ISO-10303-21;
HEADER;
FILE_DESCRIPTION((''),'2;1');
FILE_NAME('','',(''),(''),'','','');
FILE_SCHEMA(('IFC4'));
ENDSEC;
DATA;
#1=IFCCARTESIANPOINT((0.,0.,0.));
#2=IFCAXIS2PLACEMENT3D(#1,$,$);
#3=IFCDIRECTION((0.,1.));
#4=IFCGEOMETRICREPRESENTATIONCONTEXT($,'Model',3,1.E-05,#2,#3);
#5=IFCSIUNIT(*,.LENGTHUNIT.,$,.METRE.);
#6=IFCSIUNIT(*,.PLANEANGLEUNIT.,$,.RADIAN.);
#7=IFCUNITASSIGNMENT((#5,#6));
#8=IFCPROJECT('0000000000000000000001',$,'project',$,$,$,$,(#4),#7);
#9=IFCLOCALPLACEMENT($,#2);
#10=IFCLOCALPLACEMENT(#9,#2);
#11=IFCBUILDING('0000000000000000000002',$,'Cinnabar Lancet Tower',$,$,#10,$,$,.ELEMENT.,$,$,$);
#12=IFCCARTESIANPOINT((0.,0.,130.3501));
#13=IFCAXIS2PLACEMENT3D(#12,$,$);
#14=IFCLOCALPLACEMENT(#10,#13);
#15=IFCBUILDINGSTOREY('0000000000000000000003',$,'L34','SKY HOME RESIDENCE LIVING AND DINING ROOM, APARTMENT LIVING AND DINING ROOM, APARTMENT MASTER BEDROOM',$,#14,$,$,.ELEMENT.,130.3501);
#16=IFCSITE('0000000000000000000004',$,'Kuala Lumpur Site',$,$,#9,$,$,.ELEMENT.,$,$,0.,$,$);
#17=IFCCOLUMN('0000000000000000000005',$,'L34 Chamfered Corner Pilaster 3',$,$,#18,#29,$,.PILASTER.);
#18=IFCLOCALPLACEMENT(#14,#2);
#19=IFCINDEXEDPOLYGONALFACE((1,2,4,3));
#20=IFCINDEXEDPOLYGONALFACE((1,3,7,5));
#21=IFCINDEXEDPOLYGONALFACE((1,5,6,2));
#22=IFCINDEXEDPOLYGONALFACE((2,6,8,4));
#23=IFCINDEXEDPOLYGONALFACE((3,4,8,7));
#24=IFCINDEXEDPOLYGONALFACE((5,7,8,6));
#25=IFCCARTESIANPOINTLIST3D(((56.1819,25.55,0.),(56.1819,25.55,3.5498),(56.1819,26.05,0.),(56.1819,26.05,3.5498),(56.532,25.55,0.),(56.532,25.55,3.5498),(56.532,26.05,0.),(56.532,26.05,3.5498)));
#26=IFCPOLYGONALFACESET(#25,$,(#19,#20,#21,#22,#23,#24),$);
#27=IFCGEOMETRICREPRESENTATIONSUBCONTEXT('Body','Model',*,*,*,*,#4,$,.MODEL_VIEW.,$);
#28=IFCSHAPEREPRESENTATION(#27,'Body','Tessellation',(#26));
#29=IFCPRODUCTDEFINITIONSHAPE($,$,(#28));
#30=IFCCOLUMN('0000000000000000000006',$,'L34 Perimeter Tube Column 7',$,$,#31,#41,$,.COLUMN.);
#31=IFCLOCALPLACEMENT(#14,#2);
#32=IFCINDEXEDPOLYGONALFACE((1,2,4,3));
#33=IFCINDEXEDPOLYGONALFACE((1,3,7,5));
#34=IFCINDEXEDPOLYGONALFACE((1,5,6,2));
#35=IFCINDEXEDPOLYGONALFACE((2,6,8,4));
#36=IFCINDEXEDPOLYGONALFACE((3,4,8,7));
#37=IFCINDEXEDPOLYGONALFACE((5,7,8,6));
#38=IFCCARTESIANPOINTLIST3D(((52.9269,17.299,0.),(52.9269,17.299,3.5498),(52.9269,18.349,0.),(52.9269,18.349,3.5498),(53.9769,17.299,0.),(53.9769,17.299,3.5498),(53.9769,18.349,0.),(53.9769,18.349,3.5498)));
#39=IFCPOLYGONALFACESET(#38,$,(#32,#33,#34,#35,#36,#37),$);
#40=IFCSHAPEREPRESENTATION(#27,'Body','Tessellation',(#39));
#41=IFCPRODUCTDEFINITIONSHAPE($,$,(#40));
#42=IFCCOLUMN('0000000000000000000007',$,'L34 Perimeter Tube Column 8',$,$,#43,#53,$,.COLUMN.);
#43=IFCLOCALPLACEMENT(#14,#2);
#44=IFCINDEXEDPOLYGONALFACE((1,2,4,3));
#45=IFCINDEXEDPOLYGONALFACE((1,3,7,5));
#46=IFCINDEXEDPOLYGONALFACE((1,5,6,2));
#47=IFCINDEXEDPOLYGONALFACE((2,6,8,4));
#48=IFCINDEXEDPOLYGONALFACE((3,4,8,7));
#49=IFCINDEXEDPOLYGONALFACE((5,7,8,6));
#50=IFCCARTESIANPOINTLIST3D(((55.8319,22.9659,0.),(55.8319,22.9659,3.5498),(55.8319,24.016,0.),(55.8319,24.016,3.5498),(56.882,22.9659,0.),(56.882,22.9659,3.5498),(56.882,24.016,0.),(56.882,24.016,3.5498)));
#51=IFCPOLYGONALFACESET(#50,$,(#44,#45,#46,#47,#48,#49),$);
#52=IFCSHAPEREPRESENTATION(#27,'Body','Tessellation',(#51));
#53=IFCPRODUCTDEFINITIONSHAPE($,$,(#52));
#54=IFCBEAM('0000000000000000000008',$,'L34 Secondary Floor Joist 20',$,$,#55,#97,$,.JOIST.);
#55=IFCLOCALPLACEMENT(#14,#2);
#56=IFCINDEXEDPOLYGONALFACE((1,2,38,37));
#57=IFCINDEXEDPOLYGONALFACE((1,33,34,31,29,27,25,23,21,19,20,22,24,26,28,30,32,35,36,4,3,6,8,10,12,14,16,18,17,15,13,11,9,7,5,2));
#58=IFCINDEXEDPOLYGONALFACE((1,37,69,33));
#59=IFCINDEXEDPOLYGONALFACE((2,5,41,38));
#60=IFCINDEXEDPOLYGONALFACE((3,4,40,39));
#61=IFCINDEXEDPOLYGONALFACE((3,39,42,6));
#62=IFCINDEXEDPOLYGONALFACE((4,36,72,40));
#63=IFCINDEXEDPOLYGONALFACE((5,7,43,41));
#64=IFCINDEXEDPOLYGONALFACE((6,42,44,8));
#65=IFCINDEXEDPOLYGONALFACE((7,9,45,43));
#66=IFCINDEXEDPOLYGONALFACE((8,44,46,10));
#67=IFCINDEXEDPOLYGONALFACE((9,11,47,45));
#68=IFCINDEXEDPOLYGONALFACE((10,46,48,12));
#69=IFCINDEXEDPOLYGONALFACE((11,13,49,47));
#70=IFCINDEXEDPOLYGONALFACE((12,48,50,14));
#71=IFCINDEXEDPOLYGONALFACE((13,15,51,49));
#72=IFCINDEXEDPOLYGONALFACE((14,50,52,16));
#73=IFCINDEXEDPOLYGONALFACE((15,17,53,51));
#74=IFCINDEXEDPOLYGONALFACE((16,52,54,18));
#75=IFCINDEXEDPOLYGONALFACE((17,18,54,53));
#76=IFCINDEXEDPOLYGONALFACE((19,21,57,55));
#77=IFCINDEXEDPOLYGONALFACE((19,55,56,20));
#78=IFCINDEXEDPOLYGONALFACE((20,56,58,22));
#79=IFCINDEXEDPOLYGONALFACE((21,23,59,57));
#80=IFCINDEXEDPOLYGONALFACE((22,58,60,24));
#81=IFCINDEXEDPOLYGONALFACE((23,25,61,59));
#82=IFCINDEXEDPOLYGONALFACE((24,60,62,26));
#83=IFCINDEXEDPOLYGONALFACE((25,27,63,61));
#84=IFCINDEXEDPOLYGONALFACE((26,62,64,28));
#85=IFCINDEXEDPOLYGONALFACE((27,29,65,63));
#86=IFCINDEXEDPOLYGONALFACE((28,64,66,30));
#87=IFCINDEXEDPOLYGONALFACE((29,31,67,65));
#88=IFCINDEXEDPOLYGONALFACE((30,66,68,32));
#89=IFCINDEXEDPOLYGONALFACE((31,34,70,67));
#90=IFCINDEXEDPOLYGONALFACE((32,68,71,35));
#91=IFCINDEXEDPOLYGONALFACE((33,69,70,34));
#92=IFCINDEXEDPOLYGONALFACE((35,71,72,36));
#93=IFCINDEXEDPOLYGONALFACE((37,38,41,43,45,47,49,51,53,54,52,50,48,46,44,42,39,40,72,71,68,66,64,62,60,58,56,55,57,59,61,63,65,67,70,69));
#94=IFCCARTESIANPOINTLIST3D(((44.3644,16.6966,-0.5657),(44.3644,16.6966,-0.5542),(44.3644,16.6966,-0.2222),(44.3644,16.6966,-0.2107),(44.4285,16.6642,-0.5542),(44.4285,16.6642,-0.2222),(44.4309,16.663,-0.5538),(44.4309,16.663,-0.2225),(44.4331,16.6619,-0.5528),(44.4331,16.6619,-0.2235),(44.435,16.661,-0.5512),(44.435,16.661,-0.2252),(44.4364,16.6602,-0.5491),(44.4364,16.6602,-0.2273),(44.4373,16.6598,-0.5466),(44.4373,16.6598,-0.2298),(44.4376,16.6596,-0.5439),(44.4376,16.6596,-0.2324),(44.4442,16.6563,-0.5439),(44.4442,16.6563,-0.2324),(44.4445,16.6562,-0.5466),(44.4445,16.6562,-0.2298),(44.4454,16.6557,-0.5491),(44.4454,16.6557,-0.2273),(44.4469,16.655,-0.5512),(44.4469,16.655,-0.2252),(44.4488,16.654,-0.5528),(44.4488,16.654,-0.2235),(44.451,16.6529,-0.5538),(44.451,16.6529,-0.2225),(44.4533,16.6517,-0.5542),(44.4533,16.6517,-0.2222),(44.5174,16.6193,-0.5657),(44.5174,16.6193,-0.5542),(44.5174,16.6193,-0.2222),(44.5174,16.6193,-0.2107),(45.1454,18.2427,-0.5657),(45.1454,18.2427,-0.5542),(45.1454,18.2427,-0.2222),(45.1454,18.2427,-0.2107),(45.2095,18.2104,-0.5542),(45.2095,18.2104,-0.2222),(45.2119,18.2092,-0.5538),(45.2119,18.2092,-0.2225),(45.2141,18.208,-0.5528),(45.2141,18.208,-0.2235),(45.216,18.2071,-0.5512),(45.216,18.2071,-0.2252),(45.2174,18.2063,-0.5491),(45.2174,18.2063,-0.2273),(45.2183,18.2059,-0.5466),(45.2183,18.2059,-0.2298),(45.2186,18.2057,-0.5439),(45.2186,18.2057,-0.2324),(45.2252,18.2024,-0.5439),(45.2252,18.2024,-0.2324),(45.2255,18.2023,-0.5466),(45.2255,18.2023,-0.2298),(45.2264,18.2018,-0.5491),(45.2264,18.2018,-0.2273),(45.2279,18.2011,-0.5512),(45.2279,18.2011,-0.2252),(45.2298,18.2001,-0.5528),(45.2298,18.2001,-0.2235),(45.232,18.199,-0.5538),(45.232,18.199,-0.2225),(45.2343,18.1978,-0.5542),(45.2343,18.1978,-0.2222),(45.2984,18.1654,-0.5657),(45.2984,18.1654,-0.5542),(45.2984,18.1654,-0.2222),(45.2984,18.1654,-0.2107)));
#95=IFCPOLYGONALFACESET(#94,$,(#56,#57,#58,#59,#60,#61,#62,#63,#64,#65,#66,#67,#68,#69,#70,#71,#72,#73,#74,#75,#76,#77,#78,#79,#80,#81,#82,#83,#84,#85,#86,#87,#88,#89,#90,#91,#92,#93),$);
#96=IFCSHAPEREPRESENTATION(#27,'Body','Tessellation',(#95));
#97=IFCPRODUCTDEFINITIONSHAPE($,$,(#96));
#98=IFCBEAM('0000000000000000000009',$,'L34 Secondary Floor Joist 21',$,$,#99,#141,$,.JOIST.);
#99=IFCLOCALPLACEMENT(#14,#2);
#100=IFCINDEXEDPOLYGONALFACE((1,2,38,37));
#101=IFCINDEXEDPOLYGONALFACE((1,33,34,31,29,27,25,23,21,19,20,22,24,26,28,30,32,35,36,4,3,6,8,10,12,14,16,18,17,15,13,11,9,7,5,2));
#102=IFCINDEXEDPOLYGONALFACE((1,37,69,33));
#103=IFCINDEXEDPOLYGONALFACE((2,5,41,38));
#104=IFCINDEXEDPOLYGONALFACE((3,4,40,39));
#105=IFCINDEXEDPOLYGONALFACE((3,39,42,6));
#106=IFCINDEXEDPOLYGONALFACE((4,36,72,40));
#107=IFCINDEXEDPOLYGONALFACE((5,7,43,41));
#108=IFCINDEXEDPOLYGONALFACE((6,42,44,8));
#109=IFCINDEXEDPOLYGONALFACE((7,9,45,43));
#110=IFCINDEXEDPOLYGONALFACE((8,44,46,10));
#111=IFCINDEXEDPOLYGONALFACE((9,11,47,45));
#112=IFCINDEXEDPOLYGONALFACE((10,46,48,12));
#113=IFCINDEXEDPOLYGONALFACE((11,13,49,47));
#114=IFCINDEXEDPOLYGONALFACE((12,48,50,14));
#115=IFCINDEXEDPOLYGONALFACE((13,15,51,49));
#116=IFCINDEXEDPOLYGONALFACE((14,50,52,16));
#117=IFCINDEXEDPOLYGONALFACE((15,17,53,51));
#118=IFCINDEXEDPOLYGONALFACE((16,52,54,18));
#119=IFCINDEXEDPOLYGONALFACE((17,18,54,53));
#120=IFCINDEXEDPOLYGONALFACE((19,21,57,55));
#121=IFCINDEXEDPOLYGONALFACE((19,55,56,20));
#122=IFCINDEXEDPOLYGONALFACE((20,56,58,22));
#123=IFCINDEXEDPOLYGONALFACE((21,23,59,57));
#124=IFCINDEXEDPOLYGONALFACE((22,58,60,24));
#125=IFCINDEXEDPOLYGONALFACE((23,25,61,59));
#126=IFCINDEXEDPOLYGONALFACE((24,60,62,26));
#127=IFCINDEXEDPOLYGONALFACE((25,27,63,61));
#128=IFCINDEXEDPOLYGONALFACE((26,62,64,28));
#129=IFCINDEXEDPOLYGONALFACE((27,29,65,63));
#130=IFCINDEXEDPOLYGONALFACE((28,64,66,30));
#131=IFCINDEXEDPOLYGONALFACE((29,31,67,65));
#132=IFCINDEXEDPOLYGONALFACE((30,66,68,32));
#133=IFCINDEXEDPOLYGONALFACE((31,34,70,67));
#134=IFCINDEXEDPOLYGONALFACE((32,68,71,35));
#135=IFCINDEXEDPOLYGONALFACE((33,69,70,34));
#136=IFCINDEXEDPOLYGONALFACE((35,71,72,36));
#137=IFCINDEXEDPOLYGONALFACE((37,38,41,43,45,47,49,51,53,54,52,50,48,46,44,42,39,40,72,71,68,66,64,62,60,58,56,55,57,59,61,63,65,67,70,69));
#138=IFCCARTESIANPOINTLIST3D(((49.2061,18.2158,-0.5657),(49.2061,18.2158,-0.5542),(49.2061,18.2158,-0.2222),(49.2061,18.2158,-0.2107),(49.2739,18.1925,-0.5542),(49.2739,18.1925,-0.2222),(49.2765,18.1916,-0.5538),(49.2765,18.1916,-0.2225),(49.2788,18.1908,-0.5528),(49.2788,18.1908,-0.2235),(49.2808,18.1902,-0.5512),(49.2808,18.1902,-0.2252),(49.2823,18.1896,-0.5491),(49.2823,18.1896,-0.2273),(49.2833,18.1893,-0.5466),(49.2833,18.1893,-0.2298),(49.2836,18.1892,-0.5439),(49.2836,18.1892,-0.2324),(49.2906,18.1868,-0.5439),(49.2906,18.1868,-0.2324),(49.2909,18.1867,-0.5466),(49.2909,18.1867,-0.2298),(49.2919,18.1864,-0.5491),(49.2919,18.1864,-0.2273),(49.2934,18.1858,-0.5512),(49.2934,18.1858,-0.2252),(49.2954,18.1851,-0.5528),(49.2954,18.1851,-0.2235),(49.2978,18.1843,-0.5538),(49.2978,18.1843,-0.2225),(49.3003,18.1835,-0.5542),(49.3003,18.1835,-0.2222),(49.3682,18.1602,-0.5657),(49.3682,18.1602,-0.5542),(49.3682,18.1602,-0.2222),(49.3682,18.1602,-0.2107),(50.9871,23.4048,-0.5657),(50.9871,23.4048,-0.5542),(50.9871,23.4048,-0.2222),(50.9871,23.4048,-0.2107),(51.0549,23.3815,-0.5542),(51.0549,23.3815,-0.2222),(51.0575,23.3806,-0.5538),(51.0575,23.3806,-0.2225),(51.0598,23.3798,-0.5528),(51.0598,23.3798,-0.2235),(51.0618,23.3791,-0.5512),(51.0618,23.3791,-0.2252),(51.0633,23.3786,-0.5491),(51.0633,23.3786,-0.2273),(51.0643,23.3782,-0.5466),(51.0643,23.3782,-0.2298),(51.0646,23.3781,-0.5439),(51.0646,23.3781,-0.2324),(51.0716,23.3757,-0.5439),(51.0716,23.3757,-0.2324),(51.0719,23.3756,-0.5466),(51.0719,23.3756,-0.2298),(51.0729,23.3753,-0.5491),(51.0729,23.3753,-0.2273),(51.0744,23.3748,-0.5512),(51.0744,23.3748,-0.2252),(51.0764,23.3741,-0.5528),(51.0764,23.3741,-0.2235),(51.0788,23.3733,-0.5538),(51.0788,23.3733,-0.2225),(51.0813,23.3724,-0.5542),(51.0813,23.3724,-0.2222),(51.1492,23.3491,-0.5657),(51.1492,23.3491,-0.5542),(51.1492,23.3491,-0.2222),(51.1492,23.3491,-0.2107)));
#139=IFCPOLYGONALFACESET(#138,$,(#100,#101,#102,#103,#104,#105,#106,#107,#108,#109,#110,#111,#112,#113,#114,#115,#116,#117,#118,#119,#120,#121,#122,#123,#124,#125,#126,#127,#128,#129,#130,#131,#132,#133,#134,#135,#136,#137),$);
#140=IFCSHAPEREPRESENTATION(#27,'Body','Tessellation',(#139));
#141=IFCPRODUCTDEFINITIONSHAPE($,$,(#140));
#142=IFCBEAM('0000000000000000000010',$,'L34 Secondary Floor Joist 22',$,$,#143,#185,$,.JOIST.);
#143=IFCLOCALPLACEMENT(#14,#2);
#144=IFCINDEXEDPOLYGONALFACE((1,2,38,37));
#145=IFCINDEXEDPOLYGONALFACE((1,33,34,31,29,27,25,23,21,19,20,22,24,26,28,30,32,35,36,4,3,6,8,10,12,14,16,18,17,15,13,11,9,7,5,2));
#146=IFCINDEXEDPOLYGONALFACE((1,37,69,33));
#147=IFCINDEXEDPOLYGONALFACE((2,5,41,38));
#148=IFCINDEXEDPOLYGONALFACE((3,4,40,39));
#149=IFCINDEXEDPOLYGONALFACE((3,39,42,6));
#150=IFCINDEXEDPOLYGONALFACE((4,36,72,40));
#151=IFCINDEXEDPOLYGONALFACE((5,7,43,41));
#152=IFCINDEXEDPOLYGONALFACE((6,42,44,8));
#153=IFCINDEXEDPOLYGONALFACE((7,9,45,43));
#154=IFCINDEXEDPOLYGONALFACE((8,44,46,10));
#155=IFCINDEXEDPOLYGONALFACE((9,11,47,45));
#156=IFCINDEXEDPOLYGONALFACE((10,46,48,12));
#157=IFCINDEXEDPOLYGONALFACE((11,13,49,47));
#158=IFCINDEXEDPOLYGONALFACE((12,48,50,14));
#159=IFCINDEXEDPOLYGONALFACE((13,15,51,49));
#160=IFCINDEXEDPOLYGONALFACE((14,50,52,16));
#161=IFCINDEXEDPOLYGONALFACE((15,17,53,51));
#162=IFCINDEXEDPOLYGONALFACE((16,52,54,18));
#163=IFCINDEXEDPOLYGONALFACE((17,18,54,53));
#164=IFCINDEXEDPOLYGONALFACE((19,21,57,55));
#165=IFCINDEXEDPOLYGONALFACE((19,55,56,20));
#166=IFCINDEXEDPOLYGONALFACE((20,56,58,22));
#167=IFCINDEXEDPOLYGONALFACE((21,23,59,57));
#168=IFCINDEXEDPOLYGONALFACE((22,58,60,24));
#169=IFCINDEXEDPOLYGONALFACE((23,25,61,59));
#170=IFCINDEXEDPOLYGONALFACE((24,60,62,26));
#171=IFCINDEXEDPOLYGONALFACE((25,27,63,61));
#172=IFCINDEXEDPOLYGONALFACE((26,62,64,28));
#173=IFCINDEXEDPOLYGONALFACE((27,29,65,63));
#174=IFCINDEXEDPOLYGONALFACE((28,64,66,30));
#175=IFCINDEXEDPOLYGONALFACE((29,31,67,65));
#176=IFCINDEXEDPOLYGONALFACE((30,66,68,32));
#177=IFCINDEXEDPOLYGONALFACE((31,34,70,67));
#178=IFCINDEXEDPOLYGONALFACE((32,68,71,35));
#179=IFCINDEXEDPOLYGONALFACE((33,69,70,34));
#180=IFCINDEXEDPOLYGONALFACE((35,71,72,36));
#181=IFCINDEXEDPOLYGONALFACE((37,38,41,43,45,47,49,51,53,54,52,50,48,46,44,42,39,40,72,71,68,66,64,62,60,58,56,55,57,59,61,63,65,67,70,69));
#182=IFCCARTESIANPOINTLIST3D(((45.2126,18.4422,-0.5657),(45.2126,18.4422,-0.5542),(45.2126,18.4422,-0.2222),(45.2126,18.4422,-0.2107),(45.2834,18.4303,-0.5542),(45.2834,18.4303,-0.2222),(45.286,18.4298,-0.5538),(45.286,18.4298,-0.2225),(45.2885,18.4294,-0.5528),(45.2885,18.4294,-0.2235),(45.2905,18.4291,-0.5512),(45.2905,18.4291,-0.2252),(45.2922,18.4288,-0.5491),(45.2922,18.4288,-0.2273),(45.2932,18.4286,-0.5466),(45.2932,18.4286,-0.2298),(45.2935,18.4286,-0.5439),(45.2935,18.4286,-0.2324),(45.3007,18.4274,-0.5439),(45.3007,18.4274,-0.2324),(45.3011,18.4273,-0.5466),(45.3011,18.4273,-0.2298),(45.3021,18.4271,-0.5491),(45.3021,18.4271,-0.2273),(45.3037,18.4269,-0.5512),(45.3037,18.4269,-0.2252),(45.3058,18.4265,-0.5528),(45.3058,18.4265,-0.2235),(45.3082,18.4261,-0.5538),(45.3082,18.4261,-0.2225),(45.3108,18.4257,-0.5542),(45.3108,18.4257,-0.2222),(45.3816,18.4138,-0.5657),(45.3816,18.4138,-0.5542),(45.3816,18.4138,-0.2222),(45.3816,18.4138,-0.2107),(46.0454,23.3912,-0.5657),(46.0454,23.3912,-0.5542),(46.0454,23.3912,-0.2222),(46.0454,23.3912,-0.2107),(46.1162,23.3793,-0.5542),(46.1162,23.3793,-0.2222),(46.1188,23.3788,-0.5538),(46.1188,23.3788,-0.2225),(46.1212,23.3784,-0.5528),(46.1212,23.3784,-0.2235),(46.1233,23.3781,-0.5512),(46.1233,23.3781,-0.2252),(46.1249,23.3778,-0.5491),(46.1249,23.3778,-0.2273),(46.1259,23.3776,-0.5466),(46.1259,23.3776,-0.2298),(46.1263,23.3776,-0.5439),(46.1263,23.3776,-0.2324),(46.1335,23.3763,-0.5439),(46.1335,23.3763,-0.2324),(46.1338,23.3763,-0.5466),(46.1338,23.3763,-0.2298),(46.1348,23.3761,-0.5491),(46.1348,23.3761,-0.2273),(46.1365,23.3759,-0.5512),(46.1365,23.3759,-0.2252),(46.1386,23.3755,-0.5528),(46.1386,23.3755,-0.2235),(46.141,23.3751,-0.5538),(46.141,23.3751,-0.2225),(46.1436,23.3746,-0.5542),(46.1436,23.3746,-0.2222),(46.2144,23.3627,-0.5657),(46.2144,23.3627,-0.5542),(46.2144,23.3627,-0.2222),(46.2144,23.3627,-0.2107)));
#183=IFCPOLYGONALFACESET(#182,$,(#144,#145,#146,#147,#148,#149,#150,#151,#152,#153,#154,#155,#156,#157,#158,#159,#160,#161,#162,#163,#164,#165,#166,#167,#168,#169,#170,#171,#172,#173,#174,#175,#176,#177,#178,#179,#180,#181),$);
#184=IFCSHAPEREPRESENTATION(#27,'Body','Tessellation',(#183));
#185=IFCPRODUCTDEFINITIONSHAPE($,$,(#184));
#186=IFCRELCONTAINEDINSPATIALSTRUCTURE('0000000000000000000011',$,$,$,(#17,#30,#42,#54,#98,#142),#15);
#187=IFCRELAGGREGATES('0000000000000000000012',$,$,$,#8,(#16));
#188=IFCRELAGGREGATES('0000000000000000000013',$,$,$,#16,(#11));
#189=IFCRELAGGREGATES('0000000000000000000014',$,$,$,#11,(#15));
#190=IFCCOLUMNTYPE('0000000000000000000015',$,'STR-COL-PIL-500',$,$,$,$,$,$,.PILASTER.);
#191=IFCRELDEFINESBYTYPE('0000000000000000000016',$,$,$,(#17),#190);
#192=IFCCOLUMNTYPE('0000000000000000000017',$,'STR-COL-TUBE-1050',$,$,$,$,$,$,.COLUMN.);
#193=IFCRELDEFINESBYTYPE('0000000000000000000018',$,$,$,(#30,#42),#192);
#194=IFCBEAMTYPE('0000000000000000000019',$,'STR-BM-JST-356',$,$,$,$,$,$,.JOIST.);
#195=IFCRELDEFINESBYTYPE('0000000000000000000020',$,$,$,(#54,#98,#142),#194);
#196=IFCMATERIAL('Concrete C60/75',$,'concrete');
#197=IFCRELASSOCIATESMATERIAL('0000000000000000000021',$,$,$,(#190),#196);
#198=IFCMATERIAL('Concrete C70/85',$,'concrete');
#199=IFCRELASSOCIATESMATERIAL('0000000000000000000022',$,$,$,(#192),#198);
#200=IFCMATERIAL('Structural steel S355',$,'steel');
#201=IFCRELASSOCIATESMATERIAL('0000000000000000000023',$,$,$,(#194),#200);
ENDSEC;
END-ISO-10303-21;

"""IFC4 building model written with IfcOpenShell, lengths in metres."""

from ifc_helpers import new_model, si_unit, direction, frame, origin, origin_2d, place, context, subcontext, project, spatial, rectangle, i_section, extrude, material, material_profile, profile_set, type_object, element, save


model = new_model("IFC4")

# Units and contexts
model_context = context("Model", 3, precision=1e-05, world=origin(), true_north=direction((0.0, 1.0)))
body_context = subcontext(model_context, "Body", "Model", "MODEL_VIEW")
ifc_project = project(units=[si_unit("LENGTHUNIT", "METRE"), si_unit("PLANEANGLEUNIT", "RADIAN")], contexts=[model_context])

# Site, building, storey
site_placement = place(None, origin())
site = spatial("IfcSite", under=ifc_project, at=site_placement, Name="Kuala Lumpur Site", CompositionType="ELEMENT", RefElevation=0.0)
building_placement = place(site_placement, origin())
building = spatial("IfcBuilding", under=site, at=building_placement, Name="Cinnabar Lancet Tower", CompositionType="ELEMENT")
storey_placement = place(building_placement, frame((0.0, 0.0, 130.3501)))
storey = spatial("IfcBuildingStorey", under=building, at=storey_placement, Name="L34", Description="SKY HOME RESIDENCE LIVING AND DINING ROOM, APARTMENT LIVING AND DINING ROOM, APARTMENT MASTER BEDROOM", CompositionType="ELEMENT", Elevation=130.3501)

# Columns
ifc_material_1 = material(Name="Concrete C60/75", Category="concrete")
ifc_material_profile_1 = material_profile(ifc_material_1, rectangle(XDim=0.5, YDim=0.3501, at=origin_2d()), Name="RC-PIL 500x350")
ifc_profile_set_1 = profile_set([ifc_material_profile_1], Name="Concrete C60/75")
column_type_1 = type_object("IfcColumnType", Name="STR-COL-PIL-500", PredefinedType="PILASTER", material=ifc_profile_set_1)
column_placement = place(storey_placement, frame((56.3569, 25.8, 0.0), z_axis=(0.0, 0.0, 1.0), x_axis=(0.0, 1.0, 0.0)))
element("IfcColumn", 1, at=column_placement, inside=storey, type_object=column_type_1, Name="L34 Chamfered Corner Pilaster 3", PredefinedType="PILASTER", context=body_context, shape_type="SweptSolid", body=[
    extrude(rectangle(XDim=0.5, YDim=0.3501, at=origin_2d()), origin(), (0.0, 0.0, 1.0), 3.5498),
])
ifc_material_2 = material(Name="Concrete C70/85", Category="concrete")
ifc_material_profile_2 = material_profile(ifc_material_2, rectangle(XDim=1.05, YDim=1.05, at=origin_2d()), Name="RC-COL 1050x1050")
ifc_profile_set_2 = profile_set([ifc_material_profile_2], Name="Concrete C70/85")
column_type_2 = type_object("IfcColumnType", Name="STR-COL-TUBE-1050", PredefinedType="COLUMN", material=ifc_profile_set_2)
for number, where, z_axis, x_axis, name in (
    (2, (53.4519, 17.824, 0.0), (0.0, 0.0, 1.0), (1.0, 0.0, 0.0), "L34 Perimeter Tube Column 7"),
    (3, (56.3569, 23.491, 0.0), (0.0, 0.0, 1.0), (1.0, 0.0, 0.0), "L34 Perimeter Tube Column 8"),
):
    element("IfcColumn", number, at=place(storey_placement, frame(where, z_axis=z_axis, x_axis=x_axis)), inside=storey, type_object=column_type_2, Name=name, PredefinedType="COLUMN", context=body_context, shape_type="SweptSolid", body=[
        extrude(rectangle(XDim=1.05, YDim=1.05, at=origin_2d()), origin(), (0.0, 0.0, 1.0), 3.5498),
    ])

# Beams
ifc_material_3 = material(Name="Structural steel S355", Category="steel")
ifc_material_profile_3 = material_profile(ifc_material_3, i_section(OverallWidth=0.1714, OverallDepth=0.355, WebThickness=0.0073, FlangeThickness=0.0115, FilletRadius=0.0103, at=origin_2d()), Name="UKB 356x171x51")
ifc_profile_set_3 = profile_set([ifc_material_profile_3], Name="Structural steel S355")
beam_type_1 = type_object("IfcBeamType", Name="STR-BM-JST-356", PredefinedType="JOIST", material=ifc_profile_set_3)
beam_1_placement = place(storey_placement, frame((44.4409, 16.658, -0.3882), z_axis=(0.450874, 0.892587, 0.0), x_axis=(-0.892587, 0.450874, 0.0)))
element("IfcBeam", 4, at=beam_1_placement, inside=storey, type_object=beam_type_1, Name="L34 Secondary Floor Joist 20", PredefinedType="JOIST", context=body_context, shape_type="SweptSolid", body=[
    extrude(i_section(OverallWidth=0.1714, OverallDepth=0.355, WebThickness=0.0073, FlangeThickness=0.0115, FilletRadius=0.0103, at=origin_2d()), origin(), (0.0, 0.0, 1.0), 1.7322),
])
beam_2_placement = place(storey_placement, frame((49.2871, 18.188, -0.3882), z_axis=(0.324639, 0.945838, 0.0), x_axis=(-0.945838, 0.324639, 0.0)))
element("IfcBeam", 5, at=beam_2_placement, inside=storey, type_object=beam_type_1, Name="L34 Secondary Floor Joist 21", PredefinedType="JOIST", context=body_context, shape_type="SweptSolid", body=[
    extrude(i_section(OverallWidth=0.1714, OverallDepth=0.355, WebThickness=0.0073, FlangeThickness=0.0115, FilletRadius=0.0103, at=origin_2d()), origin(), (0.0, 0.0, 1.0), 5.4861),
])
beam_3_placement = place(storey_placement, frame((45.2971, 18.428, -0.3882), z_axis=(0.165937, 0.986136, 0.0), x_axis=(-0.986136, 0.165937, 0.0)))
element("IfcBeam", 6, at=beam_3_placement, inside=storey, type_object=beam_type_1, Name="L34 Secondary Floor Joist 22", PredefinedType="JOIST", context=body_context, shape_type="SweptSolid", body=[
    extrude(i_section(OverallWidth=0.1714, OverallDepth=0.355, WebThickness=0.0073, FlangeThickness=0.0115, FilletRadius=0.0103, at=origin_2d()), origin(), (0.0, 0.0, 1.0), 5.0186),
])

save(model, "model.ifc")
